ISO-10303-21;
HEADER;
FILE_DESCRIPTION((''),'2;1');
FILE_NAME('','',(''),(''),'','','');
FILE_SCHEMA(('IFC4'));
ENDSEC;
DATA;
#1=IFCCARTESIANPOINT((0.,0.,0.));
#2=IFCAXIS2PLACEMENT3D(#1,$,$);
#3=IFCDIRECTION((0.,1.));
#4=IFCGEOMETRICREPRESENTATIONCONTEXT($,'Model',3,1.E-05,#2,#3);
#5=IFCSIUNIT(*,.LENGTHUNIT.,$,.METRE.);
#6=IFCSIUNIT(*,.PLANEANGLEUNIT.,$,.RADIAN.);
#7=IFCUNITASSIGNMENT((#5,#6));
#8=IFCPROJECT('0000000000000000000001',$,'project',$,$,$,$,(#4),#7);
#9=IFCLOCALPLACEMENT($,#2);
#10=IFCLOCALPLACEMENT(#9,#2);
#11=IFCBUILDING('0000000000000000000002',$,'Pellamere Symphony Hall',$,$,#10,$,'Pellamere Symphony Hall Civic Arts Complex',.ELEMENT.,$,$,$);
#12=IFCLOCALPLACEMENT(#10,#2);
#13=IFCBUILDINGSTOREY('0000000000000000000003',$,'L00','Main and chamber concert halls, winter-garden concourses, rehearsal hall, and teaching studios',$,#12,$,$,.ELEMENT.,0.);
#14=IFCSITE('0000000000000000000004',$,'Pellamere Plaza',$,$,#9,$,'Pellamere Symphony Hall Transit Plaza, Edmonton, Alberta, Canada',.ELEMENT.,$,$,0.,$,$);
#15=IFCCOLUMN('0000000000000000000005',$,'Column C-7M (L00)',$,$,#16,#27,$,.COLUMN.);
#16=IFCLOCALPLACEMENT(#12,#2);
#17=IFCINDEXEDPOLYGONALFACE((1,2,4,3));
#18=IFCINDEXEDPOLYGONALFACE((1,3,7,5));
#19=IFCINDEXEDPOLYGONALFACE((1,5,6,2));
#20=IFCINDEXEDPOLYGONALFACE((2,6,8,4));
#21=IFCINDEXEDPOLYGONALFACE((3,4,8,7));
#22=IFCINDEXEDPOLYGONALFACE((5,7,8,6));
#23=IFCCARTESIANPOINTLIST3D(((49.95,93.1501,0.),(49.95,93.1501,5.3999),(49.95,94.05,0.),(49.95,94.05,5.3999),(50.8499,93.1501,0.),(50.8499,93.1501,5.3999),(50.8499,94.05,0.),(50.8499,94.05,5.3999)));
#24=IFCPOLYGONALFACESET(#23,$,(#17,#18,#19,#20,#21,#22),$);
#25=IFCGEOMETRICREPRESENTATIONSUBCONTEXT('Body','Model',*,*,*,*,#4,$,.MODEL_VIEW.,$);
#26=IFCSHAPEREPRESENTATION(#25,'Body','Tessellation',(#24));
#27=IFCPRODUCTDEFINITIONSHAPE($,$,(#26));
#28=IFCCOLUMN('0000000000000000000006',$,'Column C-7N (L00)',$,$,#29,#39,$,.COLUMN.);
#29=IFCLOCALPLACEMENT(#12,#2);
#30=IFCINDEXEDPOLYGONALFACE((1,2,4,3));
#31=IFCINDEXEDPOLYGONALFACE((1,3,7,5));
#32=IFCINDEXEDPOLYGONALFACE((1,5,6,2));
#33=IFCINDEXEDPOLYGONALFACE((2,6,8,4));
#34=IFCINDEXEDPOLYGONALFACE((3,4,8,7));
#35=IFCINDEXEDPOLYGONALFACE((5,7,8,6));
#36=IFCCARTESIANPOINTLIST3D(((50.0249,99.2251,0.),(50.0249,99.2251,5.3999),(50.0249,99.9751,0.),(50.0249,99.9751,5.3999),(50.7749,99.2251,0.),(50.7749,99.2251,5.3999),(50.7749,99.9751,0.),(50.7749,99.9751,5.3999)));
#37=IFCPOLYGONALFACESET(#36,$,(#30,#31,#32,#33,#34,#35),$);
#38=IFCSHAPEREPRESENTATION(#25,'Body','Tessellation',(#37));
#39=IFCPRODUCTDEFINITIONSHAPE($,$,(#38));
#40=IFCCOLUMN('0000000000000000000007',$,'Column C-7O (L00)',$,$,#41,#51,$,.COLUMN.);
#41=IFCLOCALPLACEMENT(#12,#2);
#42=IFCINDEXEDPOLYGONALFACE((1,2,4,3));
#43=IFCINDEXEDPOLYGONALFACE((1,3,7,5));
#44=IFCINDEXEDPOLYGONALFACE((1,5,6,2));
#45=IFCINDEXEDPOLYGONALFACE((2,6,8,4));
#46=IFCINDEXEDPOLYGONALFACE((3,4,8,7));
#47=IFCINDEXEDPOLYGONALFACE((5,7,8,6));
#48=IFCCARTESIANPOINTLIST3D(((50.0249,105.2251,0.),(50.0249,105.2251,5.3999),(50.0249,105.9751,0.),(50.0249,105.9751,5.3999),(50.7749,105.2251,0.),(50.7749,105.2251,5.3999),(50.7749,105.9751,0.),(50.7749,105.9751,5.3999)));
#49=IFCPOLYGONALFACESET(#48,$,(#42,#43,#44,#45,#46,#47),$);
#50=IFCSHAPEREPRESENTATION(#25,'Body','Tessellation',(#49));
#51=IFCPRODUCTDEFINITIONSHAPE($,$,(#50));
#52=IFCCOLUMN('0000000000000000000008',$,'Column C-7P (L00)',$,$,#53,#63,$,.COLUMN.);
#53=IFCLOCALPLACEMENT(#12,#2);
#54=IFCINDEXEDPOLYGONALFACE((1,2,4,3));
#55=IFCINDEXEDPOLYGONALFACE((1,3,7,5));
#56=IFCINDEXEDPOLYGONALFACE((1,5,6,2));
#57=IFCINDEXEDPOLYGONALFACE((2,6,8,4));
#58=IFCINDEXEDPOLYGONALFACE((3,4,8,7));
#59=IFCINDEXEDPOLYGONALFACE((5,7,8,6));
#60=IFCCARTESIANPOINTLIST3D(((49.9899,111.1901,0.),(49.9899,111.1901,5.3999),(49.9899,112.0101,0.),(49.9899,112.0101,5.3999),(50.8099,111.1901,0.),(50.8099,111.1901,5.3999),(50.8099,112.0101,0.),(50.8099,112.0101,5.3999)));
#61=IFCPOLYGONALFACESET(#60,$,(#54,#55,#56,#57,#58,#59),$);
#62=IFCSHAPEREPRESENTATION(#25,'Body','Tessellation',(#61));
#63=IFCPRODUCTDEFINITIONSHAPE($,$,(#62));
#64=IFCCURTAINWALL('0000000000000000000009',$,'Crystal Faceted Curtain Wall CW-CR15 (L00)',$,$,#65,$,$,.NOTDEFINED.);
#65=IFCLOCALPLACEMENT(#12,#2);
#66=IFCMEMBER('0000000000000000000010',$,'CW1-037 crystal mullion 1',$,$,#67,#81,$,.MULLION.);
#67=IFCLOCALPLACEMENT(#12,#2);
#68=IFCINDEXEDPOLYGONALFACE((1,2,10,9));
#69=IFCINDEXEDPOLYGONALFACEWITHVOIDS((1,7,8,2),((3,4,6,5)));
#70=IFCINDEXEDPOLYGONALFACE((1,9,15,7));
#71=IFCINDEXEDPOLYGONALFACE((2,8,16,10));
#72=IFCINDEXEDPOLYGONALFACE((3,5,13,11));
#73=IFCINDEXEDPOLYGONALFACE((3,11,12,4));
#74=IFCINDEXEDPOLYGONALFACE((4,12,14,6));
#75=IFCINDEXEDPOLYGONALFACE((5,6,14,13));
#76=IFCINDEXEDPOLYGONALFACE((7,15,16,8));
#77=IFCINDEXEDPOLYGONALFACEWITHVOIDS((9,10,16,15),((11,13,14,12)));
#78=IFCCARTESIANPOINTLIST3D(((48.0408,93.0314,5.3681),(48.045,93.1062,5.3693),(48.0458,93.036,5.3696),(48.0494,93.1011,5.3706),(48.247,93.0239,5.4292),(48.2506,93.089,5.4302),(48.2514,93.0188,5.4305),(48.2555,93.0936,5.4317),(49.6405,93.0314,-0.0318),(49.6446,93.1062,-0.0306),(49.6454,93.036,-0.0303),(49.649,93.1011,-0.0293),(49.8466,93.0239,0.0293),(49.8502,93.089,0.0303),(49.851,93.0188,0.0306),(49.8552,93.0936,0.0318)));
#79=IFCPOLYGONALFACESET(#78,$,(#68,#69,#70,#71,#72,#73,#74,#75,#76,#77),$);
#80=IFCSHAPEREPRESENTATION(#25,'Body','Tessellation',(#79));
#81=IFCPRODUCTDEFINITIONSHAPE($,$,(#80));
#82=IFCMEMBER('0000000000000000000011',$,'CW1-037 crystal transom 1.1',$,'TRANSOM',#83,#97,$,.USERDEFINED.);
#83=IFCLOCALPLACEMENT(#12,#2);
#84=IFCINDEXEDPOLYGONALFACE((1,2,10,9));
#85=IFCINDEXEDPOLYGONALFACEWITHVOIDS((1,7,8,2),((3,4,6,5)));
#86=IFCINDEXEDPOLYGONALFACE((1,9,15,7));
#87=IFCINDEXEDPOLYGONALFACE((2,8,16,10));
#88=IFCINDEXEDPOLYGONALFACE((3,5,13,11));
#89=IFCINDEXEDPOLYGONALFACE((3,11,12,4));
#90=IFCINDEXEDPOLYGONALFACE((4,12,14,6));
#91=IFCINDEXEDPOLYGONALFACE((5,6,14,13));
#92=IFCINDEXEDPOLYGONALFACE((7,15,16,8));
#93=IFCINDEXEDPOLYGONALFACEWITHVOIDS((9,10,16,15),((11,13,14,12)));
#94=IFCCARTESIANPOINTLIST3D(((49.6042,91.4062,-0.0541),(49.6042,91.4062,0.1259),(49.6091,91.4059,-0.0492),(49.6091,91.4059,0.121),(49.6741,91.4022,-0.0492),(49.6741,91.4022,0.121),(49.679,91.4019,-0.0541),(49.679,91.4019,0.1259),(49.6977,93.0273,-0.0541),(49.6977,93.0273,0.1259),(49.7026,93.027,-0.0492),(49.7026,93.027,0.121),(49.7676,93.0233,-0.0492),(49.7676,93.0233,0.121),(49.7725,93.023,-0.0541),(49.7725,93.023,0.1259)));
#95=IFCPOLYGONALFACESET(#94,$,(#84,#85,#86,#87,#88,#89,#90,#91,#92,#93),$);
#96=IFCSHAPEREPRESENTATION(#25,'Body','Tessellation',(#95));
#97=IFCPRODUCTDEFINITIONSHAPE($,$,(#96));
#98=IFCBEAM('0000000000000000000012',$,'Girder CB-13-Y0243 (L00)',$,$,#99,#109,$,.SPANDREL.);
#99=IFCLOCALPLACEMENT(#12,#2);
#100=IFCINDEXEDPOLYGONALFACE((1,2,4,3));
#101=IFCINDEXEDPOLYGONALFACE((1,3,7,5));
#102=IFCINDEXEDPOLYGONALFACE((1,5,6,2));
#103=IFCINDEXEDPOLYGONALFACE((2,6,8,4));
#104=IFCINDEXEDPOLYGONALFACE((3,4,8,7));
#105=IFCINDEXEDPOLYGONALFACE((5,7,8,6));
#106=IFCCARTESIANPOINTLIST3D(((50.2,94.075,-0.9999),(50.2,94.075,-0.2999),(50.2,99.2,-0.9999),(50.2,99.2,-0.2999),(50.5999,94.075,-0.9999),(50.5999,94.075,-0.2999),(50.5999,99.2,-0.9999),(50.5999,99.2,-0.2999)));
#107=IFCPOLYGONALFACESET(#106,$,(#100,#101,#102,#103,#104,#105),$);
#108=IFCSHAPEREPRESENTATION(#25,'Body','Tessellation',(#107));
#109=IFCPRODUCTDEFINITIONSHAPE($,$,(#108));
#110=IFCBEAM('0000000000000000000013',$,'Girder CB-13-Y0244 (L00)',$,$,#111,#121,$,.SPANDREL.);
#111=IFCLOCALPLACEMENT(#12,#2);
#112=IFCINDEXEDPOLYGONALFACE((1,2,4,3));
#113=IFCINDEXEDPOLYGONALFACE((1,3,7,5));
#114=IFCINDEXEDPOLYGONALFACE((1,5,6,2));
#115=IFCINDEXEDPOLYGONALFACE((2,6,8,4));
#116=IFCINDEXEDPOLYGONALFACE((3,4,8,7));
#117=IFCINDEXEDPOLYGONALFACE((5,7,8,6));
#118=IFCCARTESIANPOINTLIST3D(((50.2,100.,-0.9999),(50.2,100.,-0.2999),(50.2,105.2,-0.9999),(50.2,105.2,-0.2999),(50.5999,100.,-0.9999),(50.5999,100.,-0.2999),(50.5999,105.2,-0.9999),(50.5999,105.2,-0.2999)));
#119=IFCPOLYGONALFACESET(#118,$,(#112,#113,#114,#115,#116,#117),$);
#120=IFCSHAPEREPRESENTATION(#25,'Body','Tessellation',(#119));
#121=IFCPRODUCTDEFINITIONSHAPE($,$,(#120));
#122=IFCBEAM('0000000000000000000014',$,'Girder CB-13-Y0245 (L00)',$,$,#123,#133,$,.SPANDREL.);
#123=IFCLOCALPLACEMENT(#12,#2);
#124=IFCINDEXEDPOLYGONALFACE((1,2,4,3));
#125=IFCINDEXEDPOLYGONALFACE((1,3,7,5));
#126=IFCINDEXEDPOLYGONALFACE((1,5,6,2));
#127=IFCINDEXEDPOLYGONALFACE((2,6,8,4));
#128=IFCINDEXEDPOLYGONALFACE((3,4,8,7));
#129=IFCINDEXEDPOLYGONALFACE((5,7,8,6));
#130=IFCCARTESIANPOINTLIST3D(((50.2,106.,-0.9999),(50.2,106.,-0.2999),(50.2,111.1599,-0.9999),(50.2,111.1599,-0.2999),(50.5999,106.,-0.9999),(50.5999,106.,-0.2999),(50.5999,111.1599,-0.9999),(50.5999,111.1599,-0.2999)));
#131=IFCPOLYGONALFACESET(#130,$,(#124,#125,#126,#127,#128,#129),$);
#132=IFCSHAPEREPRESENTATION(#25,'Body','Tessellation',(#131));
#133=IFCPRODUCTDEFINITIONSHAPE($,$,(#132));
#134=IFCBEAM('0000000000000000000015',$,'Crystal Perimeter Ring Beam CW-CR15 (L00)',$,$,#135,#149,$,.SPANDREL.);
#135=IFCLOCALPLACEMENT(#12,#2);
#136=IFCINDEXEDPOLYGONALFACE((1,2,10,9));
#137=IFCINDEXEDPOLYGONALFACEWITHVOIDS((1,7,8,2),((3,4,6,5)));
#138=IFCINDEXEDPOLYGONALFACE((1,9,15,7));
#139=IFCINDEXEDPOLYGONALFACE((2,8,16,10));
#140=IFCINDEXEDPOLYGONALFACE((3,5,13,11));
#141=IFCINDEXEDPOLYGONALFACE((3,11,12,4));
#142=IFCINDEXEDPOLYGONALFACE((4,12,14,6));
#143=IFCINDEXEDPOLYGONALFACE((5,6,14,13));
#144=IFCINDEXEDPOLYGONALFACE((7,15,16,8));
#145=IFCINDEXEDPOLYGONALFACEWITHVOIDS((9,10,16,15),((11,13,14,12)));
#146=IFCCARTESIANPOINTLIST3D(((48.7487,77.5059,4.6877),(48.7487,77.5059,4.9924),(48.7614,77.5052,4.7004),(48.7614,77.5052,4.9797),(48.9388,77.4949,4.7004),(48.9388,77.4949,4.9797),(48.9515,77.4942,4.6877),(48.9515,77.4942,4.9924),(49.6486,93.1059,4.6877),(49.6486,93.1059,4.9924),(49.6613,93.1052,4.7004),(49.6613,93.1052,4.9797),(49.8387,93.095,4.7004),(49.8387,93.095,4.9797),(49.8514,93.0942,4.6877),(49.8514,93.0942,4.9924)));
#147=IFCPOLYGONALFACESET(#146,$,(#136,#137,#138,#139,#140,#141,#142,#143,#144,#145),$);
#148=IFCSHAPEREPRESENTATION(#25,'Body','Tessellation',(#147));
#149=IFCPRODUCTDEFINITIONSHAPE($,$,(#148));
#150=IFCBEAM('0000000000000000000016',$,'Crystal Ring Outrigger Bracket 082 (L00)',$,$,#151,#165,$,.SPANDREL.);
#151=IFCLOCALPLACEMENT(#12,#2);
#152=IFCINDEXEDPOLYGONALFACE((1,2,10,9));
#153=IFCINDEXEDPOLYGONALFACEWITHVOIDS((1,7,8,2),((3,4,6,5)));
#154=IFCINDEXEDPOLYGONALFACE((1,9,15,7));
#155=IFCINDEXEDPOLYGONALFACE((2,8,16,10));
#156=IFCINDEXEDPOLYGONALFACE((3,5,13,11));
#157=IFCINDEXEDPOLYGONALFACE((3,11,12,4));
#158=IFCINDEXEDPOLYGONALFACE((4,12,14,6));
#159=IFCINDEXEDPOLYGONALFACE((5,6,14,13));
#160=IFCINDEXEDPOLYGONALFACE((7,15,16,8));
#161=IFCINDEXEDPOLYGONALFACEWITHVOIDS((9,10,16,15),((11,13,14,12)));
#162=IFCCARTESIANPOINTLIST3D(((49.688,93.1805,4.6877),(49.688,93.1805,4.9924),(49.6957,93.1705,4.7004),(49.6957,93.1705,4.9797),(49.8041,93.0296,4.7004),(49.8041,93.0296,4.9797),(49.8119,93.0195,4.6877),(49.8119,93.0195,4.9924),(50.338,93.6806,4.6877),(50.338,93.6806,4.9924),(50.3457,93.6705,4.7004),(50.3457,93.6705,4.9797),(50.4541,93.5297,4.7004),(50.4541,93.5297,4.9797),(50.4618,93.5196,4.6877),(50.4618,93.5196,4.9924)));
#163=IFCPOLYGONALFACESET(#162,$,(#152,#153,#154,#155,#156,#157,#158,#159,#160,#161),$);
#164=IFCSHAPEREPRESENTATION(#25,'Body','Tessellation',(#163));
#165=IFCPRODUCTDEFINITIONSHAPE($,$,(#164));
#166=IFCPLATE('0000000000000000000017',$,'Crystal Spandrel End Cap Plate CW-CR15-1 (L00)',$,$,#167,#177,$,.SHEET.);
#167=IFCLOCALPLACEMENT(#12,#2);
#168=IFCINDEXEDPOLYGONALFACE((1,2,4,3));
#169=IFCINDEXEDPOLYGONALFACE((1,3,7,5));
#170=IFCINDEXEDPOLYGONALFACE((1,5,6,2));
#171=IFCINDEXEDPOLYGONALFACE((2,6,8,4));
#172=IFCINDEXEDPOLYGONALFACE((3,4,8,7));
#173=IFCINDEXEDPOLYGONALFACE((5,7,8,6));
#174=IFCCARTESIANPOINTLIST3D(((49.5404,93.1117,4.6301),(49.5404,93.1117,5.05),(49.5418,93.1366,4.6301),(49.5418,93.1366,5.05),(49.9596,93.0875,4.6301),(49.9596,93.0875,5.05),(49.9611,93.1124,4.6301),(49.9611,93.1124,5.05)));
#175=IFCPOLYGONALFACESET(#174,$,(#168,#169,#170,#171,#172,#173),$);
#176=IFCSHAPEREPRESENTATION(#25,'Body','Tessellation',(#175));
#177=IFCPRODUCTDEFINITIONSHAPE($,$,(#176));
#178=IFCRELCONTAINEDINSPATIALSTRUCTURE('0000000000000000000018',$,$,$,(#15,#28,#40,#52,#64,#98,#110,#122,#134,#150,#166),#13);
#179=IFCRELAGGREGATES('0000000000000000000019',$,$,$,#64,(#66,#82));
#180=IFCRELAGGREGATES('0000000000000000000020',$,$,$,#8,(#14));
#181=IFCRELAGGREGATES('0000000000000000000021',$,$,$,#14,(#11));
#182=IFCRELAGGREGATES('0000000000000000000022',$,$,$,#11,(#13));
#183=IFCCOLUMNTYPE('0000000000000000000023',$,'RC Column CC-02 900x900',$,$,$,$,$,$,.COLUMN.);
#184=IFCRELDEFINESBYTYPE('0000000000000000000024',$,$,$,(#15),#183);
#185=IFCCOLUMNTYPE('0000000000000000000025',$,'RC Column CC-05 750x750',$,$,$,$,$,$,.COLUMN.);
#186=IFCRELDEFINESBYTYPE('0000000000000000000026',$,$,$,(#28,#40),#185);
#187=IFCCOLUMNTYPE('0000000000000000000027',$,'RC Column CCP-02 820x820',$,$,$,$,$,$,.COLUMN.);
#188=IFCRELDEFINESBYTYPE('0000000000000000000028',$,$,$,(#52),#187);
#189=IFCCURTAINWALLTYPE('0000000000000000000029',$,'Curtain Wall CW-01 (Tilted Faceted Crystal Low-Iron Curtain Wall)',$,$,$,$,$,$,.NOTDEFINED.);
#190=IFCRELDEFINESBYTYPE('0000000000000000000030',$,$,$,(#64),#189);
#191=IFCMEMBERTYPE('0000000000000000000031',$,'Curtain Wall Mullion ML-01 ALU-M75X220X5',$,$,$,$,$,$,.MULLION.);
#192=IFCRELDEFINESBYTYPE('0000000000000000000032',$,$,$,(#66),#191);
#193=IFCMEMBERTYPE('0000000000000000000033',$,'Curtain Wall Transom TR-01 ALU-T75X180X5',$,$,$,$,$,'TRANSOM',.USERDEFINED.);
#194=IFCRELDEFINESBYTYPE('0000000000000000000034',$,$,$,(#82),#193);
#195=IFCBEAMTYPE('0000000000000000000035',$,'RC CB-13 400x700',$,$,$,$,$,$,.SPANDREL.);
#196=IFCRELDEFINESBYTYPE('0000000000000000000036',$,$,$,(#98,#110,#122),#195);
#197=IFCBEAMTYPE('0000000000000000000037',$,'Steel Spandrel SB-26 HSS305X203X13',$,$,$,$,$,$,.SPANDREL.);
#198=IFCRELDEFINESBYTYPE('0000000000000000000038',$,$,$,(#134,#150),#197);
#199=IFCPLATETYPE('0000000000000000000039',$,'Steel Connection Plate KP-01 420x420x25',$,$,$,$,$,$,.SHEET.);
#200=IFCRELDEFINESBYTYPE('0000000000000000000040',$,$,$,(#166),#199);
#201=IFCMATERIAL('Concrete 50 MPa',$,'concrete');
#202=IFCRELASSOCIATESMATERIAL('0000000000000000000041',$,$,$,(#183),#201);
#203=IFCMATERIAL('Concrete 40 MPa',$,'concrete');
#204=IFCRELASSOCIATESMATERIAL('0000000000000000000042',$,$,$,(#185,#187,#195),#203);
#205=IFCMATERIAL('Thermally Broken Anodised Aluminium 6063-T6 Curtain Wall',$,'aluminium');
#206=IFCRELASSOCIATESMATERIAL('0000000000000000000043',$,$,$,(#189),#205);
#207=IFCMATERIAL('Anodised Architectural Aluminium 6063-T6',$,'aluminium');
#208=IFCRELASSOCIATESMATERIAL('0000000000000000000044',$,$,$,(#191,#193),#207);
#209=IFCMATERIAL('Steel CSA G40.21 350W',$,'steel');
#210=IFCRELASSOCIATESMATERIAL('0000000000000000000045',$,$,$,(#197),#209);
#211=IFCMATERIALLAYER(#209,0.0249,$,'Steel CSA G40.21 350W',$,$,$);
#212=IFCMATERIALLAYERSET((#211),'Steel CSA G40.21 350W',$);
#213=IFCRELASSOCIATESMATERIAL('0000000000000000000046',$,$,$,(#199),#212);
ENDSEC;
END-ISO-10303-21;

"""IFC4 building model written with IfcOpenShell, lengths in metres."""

from ifc_helpers import new_model, si_unit, direction, frame, origin, origin_2d, place, context, subcontext, project, spatial, rectangle, hollow_rectangle, extrude, material, layer, layer_set, material_profile, profile_set, type_object, element, aggregate, save


model = new_model("IFC4")

# Units and contexts
model_context = context("Model", 3, precision=1e-05, world=origin(), true_north=direction((0.0, 1.0)))
body_context = subcontext(model_context, "Body", "Model", "MODEL_VIEW")
ifc_project = project(units=[si_unit("LENGTHUNIT", "METRE"), si_unit("PLANEANGLEUNIT", "RADIAN")], contexts=[model_context])

# Site, building, storey
site_placement = place(None, origin())
site = spatial("IfcSite", under=ifc_project, at=site_placement, Name="Pellamere Plaza", LongName="Pellamere Symphony Hall Transit Plaza, Edmonton, Alberta, Canada", CompositionType="ELEMENT", RefElevation=0.0)
building_placement = place(site_placement, origin())
building = spatial("IfcBuilding", under=site, at=building_placement, Name="Pellamere Symphony Hall", LongName="Pellamere Symphony Hall Civic Arts Complex", CompositionType="ELEMENT")
storey_placement = place(building_placement, origin())
storey = spatial("IfcBuildingStorey", under=building, at=storey_placement, Name="L00", Description="Main and chamber concert halls, winter-garden concourses, rehearsal hall, and teaching studios", CompositionType="ELEMENT", Elevation=0.0)

# Columns
ifc_material_1 = material(Name="Concrete 50 MPa", Category="concrete")
ifc_material_profile_1 = material_profile(ifc_material_1, rectangle(XDim=0.8999, YDim=0.8999, at=origin_2d()), Name="RC 900x900")
ifc_profile_set_1 = profile_set([ifc_material_profile_1], Name="Concrete 50 MPa")
column_type_1 = type_object("IfcColumnType", Name="RC Column CC-02 900x900", PredefinedType="COLUMN", material=ifc_profile_set_1)
column_1_placement = place(storey_placement, frame((50.3999, 93.6001, 0.0), z_axis=(0.0, 0.0, 1.0), x_axis=(1.0, 0.0, 0.0)))
element("IfcColumn", 1, at=column_1_placement, inside=storey, type_object=column_type_1, Name="Column C-7M (L00)", PredefinedType="COLUMN", context=body_context, shape_type="SweptSolid", body=[
    extrude(rectangle(XDim=0.8999, YDim=0.8999, at=origin_2d()), origin(), (0.0, 0.0, 1.0), 5.3999),
])
ifc_material_2 = material(Name="Concrete 40 MPa", Category="concrete")
ifc_material_profile_2 = material_profile(ifc_material_2, rectangle(XDim=0.75, YDim=0.75, at=origin_2d()), Name="RC 750x750")
ifc_profile_set_2 = profile_set([ifc_material_profile_2], Name="Concrete 40 MPa")
column_type_2 = type_object("IfcColumnType", Name="RC Column CC-05 750x750", PredefinedType="COLUMN", material=ifc_profile_set_2)
for number, where, z_axis, x_axis, name in (
    (2, (50.3999, 99.6001, 0.0), (0.0, 0.0, 1.0), (1.0, 0.0, 0.0), "Column C-7N (L00)"),
    (3, (50.3999, 105.6001, 0.0), (0.0, 0.0, 1.0), (1.0, 0.0, 0.0), "Column C-7O (L00)"),
):
    element("IfcColumn", number, at=place(storey_placement, frame(where, z_axis=z_axis, x_axis=x_axis)), inside=storey, type_object=column_type_2, Name=name, PredefinedType="COLUMN", context=body_context, shape_type="SweptSolid", body=[
        extrude(rectangle(XDim=0.75, YDim=0.75, at=origin_2d()), origin(), (0.0, 0.0, 1.0), 5.3999),
    ])
ifc_material_profile_3 = material_profile(ifc_material_2, rectangle(XDim=0.8201, YDim=0.8201, at=origin_2d()), Name="RC 820x820")
ifc_profile_set_3 = profile_set([ifc_material_profile_3], Name="Concrete 40 MPa")
column_type_3 = type_object("IfcColumnType", Name="RC Column CCP-02 820x820", PredefinedType="COLUMN", material=ifc_profile_set_3)
column_2_placement = place(storey_placement, frame((50.3999, 111.6001, 0.0), z_axis=(0.0, 0.0, 1.0), x_axis=(1.0, 0.0, 0.0)))
element("IfcColumn", 4, at=column_2_placement, inside=storey, type_object=column_type_3, Name="Column C-7P (L00)", PredefinedType="COLUMN", context=body_context, shape_type="SweptSolid", body=[
    extrude(rectangle(XDim=0.8201, YDim=0.8201, at=origin_2d()), origin(), (0.0, 0.0, 1.0), 5.3999),
])

# Curtain wall, members
ifc_material_3 = material(Name="Thermally Broken Anodised Aluminium 6063-T6 Curtain Wall", Category="aluminium")
curtain_wall_type = type_object("IfcCurtainWallType", Name="Curtain Wall CW-01 (Tilted Faceted Crystal Low-Iron Curtain Wall)", PredefinedType="NOTDEFINED", material=ifc_material_3)
curtain_wall_placement = place(storey_placement, origin())
curtain_wall = element("IfcCurtainWall", 5, at=curtain_wall_placement, inside=storey, type_object=curtain_wall_type, Name="Crystal Faceted Curtain Wall CW-CR15 (L00)", PredefinedType="NOTDEFINED")
ifc_material_4 = material(Name="Anodised Architectural Aluminium 6063-T6", Category="aluminium")
ifc_material_profile_4 = material_profile(ifc_material_4, hollow_rectangle(XDim=0.075, YDim=0.22, WallThickness=0.0049, at=origin_2d()), Name="ALU-M75X220X5")
ifc_profile_set_4 = profile_set([ifc_material_profile_4], Name="Anodised Architectural Aluminium 6063-T6")
member_type_1 = type_object("IfcMemberType", Name="Curtain Wall Mullion ML-01 ALU-M75X220X5", PredefinedType="MULLION", material=ifc_profile_set_4)
member_1_placement = place(storey_placement, frame((49.7478, 93.0625, 0.0), z_axis=(-0.284029, 0.0, 0.958816), x_axis=(-0.055224, -0.99834, -0.016359)))
member_1 = element("IfcMember", 6, at=member_1_placement, type_object=member_type_1, Name="CW1-037 crystal mullion 1", PredefinedType="MULLION", context=body_context, shape_type="SweptSolid", body=[
    extrude(hollow_rectangle(XDim=0.075, YDim=0.22, WallThickness=0.0049, at=origin_2d()), origin(), (0.0, 0.0, 1.0), 5.6318),
])
ifc_material_profile_5 = material_profile(ifc_material_4, hollow_rectangle(XDim=0.075, YDim=0.1799, WallThickness=0.0049, at=origin_2d()), Name="ALU-T75X180X5")
ifc_profile_set_5 = profile_set([ifc_material_profile_5], Name="Anodised Architectural Aluminium 6063-T6")
member_type_2 = type_object("IfcMemberType", Name="Curtain Wall Transom TR-01 ALU-T75X180X5", ElementType="TRANSOM", PredefinedType="USERDEFINED", material=ifc_profile_set_5)
member_2_placement = place(storey_placement, frame((49.7351, 93.0251, 0.0359), z_axis=(-0.057585, -0.998341, 0.0), x_axis=(0.998341, -0.057585, 0.0)))
member_2 = element("IfcMember", 7, at=member_2_placement, type_object=member_type_2, Name="CW1-037 crystal transom 1.1", ObjectType="TRANSOM", PredefinedType="USERDEFINED", context=body_context, shape_type="SweptSolid", body=[
    extrude(hollow_rectangle(XDim=0.075, YDim=0.1799, WallThickness=0.0049, at=origin_2d()), origin(), (0.0, 0.0, 1.0), 1.6238),
])
aggregate(curtain_wall, [member_1, member_2])

# Beams
ifc_material_profile_6 = material_profile(ifc_material_2, rectangle(XDim=0.3999, YDim=0.7, at=origin_2d()), Name="RC 400x700")
ifc_profile_set_6 = profile_set([ifc_material_profile_6], Name="Concrete 40 MPa")
beam_type_1 = type_object("IfcBeamType", Name="RC CB-13 400x700", PredefinedType="SPANDREL", material=ifc_profile_set_6)
beam_1_placement = place(storey_placement, frame((50.3999, 94.075, -0.6499), z_axis=(0.0, 1.0, 0.0), x_axis=(-1.0, 0.0, 0.0)))
element("IfcBeam", 8, at=beam_1_placement, inside=storey, type_object=beam_type_1, Name="Girder CB-13-Y0243 (L00)", PredefinedType="SPANDREL", context=body_context, shape_type="SweptSolid", body=[
    extrude(rectangle(XDim=0.3999, YDim=0.7, at=origin_2d()), origin(), (0.0, 0.0, 1.0), 5.125),
])
beam_2_placement = place(storey_placement, frame((50.3999, 100.0, -0.6499), z_axis=(0.0, 1.0, 0.0), x_axis=(-1.0, 0.0, 0.0)))
element("IfcBeam", 9, at=beam_2_placement, inside=storey, type_object=beam_type_1, Name="Girder CB-13-Y0244 (L00)", PredefinedType="SPANDREL", context=body_context, shape_type="SweptSolid", body=[
    extrude(rectangle(XDim=0.3999, YDim=0.7, at=origin_2d()), origin(), (0.0, 0.0, 1.0), 5.2),
])
beam_3_placement = place(storey_placement, frame((50.3999, 106.0, -0.6499), z_axis=(0.0, 1.0, 0.0), x_axis=(-1.0, 0.0, 0.0)))
element("IfcBeam", 10, at=beam_3_placement, inside=storey, type_object=beam_type_1, Name="Girder CB-13-Y0245 (L00)", PredefinedType="SPANDREL", context=body_context, shape_type="SweptSolid", body=[
    extrude(rectangle(XDim=0.3999, YDim=0.7, at=origin_2d()), origin(), (0.0, 0.0, 1.0), 5.1599),
])
ifc_material_5 = material(Name="Steel CSA G40.21 350W", Category="steel")
ifc_material_profile_7 = material_profile(ifc_material_5, hollow_rectangle(XDim=0.2031, YDim=0.3047, WallThickness=0.0127, at=origin_2d()), Name="HSS305X203X13")
ifc_profile_set_7 = profile_set([ifc_material_profile_7], Name="Steel CSA G40.21 350W")
beam_type_2 = type_object("IfcBeamType", Name="Steel Spandrel SB-26 HSS305X203X13", PredefinedType="SPANDREL", material=ifc_profile_set_7)
beam_4_placement = place(storey_placement, frame((49.75, 93.1001, 4.8401), z_axis=(-0.05759, -0.99834, 0.0), x_axis=(0.99834, -0.05759, 0.0)))
element("IfcBeam", 11, at=beam_4_placement, inside=storey, type_object=beam_type_2, Name="Crystal Perimeter Ring Beam CW-CR15 (L00)", PredefinedType="SPANDREL", context=body_context, shape_type="SweptSolid", body=[
    extrude(hollow_rectangle(XDim=0.2031, YDim=0.3047, WallThickness=0.0127, at=origin_2d()), origin(), (0.0, 0.0, 1.0), 15.626),
])
beam_5_placement = place(storey_placement, frame((50.3999, 93.6001, 4.8401), z_axis=(-0.79258, -0.609768, 0.0), x_axis=(0.609768, -0.79258, 0.0)))
element("IfcBeam", 12, at=beam_5_placement, inside=storey, type_object=beam_type_2, Name="Crystal Ring Outrigger Bracket 082 (L00)", PredefinedType="SPANDREL", context=body_context, shape_type="SweptSolid", body=[
    extrude(hollow_rectangle(XDim=0.2031, YDim=0.3047, WallThickness=0.0127, at=origin_2d()), origin(), (0.0, 0.0, 1.0), 0.8201),
])

# Plate
ifc_layer_1 = layer(ifc_material_5, 0.0249, Name="Steel CSA G40.21 350W")
ifc_layer_set_1 = layer_set([ifc_layer_1], Name="Steel CSA G40.21 350W")
plate_type = type_object("IfcPlateType", Name="Steel Connection Plate KP-01 420x420x25", PredefinedType="SHEET", material=ifc_layer_set_1)
for number, where, z_axis, x_axis, name in (
    (13, (49.7507, 93.1121, 4.6301), (0.0, 0.0, 1.0), (-0.057564, -0.998342, 0.0), "Crystal Spandrel End Cap Plate CW-CR15-1 (L00)"),
):
    element("IfcPlate", number, at=place(storey_placement, frame(where, z_axis=z_axis, x_axis=x_axis)), inside=storey, type_object=plate_type, Name=name, PredefinedType="SHEET", context=body_context, shape_type="SweptSolid", body=[
        extrude(rectangle(XDim=0.0249, YDim=0.4199, at=origin_2d()), origin(), (0.0, 0.0, 1.0), 0.4199),
    ])

save(model, "model.ifc")
